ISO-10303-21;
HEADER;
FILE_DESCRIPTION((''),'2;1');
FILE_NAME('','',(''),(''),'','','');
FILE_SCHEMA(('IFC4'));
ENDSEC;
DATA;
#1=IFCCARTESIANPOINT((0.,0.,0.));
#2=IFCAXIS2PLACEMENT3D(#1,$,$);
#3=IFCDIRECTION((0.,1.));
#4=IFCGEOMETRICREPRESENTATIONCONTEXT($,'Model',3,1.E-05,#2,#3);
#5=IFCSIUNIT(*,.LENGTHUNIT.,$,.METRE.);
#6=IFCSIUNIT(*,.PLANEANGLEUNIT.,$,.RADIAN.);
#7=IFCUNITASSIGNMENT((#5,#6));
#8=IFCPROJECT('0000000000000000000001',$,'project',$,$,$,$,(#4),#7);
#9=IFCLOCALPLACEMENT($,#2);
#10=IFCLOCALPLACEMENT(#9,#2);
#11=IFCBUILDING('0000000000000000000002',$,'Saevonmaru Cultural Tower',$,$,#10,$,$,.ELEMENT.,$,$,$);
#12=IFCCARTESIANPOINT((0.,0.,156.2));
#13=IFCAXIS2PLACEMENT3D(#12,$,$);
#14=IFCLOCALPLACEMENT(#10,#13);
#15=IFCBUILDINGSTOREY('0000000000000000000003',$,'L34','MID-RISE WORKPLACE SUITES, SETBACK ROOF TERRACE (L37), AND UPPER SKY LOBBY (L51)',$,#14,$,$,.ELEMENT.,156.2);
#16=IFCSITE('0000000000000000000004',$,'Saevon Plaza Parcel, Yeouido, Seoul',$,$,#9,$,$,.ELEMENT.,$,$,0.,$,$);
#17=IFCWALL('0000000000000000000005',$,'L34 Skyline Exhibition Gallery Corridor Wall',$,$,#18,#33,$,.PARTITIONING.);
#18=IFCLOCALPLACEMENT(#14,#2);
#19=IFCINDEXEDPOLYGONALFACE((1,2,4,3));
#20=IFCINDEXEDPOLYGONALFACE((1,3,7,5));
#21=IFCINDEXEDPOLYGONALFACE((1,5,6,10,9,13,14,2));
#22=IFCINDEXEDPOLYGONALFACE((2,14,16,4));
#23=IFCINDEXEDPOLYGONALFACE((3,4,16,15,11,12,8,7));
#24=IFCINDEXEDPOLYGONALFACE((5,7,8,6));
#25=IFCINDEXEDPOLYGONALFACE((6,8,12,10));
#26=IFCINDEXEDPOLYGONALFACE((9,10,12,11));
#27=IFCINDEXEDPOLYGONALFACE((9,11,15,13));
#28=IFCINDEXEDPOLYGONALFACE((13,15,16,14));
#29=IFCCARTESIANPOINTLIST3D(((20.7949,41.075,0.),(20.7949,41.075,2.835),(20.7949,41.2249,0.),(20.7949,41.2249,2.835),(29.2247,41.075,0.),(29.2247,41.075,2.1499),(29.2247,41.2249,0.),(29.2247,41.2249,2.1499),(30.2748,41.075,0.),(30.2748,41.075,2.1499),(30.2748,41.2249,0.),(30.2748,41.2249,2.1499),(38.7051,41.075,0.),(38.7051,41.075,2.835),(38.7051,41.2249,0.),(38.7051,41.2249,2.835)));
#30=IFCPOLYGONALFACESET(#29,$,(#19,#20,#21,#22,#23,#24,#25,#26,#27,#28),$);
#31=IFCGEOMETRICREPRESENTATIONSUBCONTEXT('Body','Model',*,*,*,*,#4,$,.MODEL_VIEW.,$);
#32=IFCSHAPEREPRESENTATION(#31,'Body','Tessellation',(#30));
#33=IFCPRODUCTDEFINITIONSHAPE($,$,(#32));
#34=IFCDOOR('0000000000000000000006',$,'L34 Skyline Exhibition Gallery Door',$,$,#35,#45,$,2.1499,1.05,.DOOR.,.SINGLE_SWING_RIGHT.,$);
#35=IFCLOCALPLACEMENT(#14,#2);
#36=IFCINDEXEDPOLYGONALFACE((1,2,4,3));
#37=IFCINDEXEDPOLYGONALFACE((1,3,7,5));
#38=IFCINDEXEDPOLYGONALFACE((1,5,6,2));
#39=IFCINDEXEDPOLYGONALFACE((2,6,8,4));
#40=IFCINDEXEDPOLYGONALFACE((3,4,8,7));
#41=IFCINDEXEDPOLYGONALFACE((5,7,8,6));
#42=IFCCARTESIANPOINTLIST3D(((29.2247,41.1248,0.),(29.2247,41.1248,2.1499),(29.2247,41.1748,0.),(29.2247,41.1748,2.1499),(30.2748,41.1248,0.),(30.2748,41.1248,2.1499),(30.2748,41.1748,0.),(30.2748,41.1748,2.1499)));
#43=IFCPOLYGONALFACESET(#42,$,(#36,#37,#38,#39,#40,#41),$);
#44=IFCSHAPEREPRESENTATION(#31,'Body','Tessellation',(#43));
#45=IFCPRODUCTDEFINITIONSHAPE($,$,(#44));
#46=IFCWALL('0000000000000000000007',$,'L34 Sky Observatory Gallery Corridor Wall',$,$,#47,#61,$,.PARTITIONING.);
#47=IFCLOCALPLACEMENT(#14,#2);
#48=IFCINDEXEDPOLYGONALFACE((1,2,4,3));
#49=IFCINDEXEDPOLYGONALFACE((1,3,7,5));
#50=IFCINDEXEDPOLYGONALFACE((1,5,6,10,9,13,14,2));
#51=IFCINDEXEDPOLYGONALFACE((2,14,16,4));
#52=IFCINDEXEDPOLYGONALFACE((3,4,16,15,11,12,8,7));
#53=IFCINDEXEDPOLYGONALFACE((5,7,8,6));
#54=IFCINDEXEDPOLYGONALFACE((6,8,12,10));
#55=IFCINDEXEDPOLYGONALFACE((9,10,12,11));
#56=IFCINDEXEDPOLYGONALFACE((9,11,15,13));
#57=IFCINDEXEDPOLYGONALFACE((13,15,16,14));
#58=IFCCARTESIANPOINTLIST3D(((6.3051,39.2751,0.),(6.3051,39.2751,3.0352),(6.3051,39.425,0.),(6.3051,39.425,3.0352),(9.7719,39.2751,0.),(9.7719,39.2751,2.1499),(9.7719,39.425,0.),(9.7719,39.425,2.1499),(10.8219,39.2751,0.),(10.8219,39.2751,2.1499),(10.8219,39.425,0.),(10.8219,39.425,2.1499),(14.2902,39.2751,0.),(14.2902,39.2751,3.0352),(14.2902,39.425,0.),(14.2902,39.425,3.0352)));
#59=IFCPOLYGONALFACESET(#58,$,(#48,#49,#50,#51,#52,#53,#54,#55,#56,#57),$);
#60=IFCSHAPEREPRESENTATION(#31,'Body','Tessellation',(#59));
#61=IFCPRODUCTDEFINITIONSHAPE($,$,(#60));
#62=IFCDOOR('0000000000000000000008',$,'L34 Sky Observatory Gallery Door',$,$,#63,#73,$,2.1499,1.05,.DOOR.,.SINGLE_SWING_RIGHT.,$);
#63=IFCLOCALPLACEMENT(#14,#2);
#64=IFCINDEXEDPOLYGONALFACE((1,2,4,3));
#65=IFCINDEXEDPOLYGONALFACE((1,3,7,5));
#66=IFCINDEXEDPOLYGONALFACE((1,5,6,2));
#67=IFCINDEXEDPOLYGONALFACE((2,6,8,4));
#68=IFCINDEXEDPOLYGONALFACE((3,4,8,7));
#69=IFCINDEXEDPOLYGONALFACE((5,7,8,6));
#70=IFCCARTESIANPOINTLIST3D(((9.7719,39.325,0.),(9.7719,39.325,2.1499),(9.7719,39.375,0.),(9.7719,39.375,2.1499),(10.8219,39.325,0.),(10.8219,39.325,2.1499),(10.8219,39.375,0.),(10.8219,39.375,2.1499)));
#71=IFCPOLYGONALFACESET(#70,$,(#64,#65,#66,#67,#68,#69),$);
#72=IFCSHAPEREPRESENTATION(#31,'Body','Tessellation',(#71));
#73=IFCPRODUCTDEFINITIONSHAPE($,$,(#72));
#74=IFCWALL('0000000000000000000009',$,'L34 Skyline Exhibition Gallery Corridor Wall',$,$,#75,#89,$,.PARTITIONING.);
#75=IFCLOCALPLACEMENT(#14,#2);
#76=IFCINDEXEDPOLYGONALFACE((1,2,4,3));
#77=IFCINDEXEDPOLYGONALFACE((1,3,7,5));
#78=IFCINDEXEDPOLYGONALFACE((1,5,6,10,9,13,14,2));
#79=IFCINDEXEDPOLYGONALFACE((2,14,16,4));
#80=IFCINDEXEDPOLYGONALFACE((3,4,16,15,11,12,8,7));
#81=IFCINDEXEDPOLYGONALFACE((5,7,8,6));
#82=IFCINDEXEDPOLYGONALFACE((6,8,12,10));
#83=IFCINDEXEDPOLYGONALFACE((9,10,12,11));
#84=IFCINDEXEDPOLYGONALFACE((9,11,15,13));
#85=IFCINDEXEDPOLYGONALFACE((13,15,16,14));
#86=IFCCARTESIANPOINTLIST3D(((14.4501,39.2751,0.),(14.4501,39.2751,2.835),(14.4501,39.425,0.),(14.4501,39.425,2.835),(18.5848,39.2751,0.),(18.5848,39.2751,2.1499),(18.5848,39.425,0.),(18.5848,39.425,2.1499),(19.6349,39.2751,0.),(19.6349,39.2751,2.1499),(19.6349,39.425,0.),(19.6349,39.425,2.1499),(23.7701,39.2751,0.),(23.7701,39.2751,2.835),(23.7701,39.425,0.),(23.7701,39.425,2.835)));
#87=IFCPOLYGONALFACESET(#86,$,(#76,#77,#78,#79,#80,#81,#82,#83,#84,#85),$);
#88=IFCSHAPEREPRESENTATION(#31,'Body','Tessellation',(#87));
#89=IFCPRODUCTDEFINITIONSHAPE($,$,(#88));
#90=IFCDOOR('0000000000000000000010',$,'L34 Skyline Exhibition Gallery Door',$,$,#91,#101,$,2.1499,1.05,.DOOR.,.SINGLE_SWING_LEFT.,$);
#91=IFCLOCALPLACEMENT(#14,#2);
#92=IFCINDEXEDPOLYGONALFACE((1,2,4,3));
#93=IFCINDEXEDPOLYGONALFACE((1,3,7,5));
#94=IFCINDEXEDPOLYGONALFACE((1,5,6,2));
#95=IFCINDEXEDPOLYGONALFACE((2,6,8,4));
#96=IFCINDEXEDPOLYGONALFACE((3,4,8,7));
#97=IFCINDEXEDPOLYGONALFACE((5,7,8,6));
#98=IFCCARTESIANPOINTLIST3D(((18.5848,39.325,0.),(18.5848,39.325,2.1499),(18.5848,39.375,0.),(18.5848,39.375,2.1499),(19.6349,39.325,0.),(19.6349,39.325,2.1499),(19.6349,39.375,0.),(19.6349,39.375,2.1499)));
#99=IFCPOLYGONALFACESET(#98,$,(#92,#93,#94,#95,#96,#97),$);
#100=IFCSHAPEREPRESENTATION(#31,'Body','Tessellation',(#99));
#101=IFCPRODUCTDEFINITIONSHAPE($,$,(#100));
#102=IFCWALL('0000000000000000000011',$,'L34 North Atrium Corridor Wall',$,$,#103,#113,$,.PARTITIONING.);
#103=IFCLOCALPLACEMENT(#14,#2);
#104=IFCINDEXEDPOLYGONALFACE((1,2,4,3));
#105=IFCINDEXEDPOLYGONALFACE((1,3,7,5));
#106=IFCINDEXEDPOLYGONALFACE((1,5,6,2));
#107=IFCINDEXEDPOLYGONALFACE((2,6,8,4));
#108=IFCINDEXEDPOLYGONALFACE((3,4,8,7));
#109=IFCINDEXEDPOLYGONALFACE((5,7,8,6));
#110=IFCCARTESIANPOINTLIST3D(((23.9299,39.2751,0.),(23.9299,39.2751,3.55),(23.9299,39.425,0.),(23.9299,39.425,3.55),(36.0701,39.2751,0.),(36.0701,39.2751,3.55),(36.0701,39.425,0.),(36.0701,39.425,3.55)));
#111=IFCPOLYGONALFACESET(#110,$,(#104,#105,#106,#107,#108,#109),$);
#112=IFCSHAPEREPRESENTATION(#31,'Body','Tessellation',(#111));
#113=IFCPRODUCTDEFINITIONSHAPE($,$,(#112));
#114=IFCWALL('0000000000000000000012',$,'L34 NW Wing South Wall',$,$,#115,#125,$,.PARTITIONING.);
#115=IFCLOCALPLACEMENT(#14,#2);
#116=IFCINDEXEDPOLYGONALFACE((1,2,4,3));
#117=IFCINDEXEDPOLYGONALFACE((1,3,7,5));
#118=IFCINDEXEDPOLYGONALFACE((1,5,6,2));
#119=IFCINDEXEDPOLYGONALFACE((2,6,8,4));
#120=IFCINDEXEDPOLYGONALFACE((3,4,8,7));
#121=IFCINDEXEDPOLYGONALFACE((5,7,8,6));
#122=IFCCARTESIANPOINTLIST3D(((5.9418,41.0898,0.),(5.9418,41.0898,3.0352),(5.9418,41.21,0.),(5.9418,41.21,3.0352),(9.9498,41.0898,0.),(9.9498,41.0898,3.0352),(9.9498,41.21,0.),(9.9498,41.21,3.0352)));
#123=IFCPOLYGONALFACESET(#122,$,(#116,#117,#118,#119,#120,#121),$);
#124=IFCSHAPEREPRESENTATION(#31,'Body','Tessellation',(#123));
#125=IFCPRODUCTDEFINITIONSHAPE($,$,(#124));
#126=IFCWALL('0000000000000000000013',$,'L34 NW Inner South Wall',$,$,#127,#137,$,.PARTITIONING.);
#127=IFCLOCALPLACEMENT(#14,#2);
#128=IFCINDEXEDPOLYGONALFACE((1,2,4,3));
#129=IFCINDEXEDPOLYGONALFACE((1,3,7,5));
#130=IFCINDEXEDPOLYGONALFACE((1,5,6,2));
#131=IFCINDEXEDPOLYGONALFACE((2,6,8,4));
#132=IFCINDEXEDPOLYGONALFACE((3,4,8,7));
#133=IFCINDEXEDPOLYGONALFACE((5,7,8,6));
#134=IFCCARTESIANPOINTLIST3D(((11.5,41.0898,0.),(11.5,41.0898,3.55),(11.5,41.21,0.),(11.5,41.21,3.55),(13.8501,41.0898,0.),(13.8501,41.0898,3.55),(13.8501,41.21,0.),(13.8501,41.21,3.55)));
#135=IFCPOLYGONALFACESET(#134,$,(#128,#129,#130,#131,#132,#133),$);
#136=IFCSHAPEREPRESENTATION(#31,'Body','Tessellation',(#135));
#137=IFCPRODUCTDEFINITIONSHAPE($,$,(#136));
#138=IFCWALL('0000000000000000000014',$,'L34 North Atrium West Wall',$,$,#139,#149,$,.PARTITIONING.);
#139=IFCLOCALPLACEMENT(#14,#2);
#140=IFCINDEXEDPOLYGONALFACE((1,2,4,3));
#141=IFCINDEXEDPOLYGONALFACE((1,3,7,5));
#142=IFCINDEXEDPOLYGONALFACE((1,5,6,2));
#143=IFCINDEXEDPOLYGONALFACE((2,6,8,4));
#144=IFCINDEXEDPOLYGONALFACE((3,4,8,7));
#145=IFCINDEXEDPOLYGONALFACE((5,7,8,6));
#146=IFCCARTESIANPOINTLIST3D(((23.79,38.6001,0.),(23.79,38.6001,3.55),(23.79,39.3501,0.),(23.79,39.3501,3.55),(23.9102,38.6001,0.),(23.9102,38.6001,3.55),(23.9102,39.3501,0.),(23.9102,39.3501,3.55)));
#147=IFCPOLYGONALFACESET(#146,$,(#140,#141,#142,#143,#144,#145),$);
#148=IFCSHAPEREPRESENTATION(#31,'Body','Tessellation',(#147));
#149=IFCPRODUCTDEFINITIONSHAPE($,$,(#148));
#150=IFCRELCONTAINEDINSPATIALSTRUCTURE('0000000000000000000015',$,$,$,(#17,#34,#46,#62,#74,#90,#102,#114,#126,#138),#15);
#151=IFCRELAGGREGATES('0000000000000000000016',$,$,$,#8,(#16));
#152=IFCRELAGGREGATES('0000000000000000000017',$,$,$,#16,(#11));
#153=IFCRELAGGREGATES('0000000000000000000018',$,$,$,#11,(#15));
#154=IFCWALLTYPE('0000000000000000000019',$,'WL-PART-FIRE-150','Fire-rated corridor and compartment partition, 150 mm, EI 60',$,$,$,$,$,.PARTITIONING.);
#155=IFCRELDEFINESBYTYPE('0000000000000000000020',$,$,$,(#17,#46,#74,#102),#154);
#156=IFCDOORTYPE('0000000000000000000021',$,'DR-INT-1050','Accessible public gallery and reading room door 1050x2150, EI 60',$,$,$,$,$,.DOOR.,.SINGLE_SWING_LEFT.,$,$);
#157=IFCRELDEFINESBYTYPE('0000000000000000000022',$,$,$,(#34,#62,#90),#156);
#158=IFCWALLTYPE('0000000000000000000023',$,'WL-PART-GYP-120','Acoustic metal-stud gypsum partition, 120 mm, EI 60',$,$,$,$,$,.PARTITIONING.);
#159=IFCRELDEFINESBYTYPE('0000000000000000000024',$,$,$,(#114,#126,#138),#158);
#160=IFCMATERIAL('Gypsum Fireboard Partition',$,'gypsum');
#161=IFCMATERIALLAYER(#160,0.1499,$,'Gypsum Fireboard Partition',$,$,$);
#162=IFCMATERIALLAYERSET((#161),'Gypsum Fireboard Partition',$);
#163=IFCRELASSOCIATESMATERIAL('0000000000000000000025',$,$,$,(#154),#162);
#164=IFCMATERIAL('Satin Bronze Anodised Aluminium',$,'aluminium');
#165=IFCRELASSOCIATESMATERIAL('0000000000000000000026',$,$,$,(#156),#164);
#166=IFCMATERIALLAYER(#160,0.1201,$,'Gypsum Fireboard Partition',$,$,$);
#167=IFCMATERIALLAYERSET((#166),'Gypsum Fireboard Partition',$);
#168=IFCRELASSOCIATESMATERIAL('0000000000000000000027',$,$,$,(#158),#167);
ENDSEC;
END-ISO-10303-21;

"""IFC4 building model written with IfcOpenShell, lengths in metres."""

from ifc_helpers import new_model, si_unit, direction, frame, frame_2d, origin, place, context, subcontext, project, spatial, rectangle, extrude, material, layer, layer_set, type_object, element, fill, save


model = new_model("IFC4")

# Units and contexts
model_context = context("Model", 3, precision=1e-05, world=origin(), true_north=direction((0.0, 1.0)))
body_context = subcontext(model_context, "Body", "Model", "MODEL_VIEW")
ifc_project = project(units=[si_unit("LENGTHUNIT", "METRE"), si_unit("PLANEANGLEUNIT", "RADIAN")], contexts=[model_context])

# Site, building, storey
site_placement = place(None, origin())
site = spatial("IfcSite", under=ifc_project, at=site_placement, Name="Saevon Plaza Parcel, Yeouido, Seoul", CompositionType="ELEMENT", RefElevation=0.0)
building_placement = place(site_placement, origin())
building = spatial("IfcBuilding", under=site, at=building_placement, Name="Saevonmaru Cultural Tower", CompositionType="ELEMENT")
storey_placement = place(building_placement, frame((0.0, 0.0, 156.2)))
storey = spatial("IfcBuildingStorey", under=building, at=storey_placement, Name="L34", Description="MID-RISE WORKPLACE SUITES, SETBACK ROOF TERRACE (L37), AND UPPER SKY LOBBY (L51)", CompositionType="ELEMENT", Elevation=156.2)

# Shared definitions
ifc_material_1 = material(Name="Satin Bronze Anodised Aluminium", Category="aluminium")

# Shared definitions
ifc_material_2 = material(Name="Gypsum Fireboard Partition", Category="gypsum")
ifc_layer_1 = layer(ifc_material_2, 0.1499, Name="Gypsum Fireboard Partition")
ifc_layer_set_1 = layer_set([ifc_layer_1], Name="Gypsum Fireboard Partition")
wall_type_1 = type_object("IfcWallType", Name="WL-PART-FIRE-150", Description="Fire-rated corridor and compartment partition, 150 mm, EI 60", PredefinedType="PARTITIONING", material=ifc_layer_set_1)
door_type = type_object("IfcDoorType", Name="DR-INT-1050", Description="Accessible public gallery and reading room door 1050x2150, EI 60", OperationType="SINGLE_SWING_LEFT", PredefinedType="DOOR", material=ifc_material_1)

# Walls, openings, doors
wall_1_placement = place(storey_placement, frame((20.7949, 41.1499, 0.0), z_axis=(0.0, 0.0, 1.0), x_axis=(1.0, 0.0, 0.0)))
wall_1 = element("IfcWall", 1, at=wall_1_placement, inside=storey, type_object=wall_type_1, Name="L34 Skyline Exhibition Gallery Corridor Wall", PredefinedType="PARTITIONING", context=body_context, shape_type="SweptSolid", body=[
    extrude(rectangle(XDim=17.9102, YDim=0.1499, at=frame_2d((8.9551, 0.0))), origin(), (0.0, 0.0, 1.0), 2.835),
])
opening_1_placement = place(wall_1_placement, frame((8.4299, 0.0, 0.0)))
opening_1 = element("IfcOpeningElement", 2, at=opening_1_placement, cuts=wall_1, PredefinedType="OPENING", context=body_context, shape_type="SweptSolid", body=[
    extrude(rectangle(XDim=1.05, YDim=2.1499, at=frame_2d((0.5249, 1.075))), frame((0.0, 0.085, 0.0), z_axis=(0.0, -1.0, 0.0), x_axis=(1.0, 0.0, 0.0)), (0.0, 0.0, 1.0), 0.1699),
])
door_1_placement = place(opening_1_placement, origin())
door_1 = element("IfcDoor", 3, at=door_1_placement, inside=storey, type_object=door_type, Name="L34 Skyline Exhibition Gallery Door", OperationType="SINGLE_SWING_RIGHT", OverallHeight=2.1499, OverallWidth=1.05, PredefinedType="DOOR", context=body_context, shape_type="SweptSolid", body=[
    extrude(rectangle(XDim=1.05, YDim=2.1499, at=frame_2d((0.5249, 1.075))), frame((0.0, 0.0249, 0.0), z_axis=(0.0, -1.0, 0.0), x_axis=(1.0, 0.0, 0.0)), (0.0, 0.0, 1.0), 0.05),
])
fill(opening_1, door_1)
wall_2_placement = place(storey_placement, frame((6.3049, 39.3501, 0.0), z_axis=(0.0, 0.0, 1.0), x_axis=(1.0, 0.0, 0.0)))
wall_2 = element("IfcWall", 4, at=wall_2_placement, inside=storey, type_object=wall_type_1, Name="L34 Sky Observatory Gallery Corridor Wall", PredefinedType="PARTITIONING", context=body_context, shape_type="SweptSolid", body=[
    extrude(rectangle(XDim=7.9851, YDim=0.1499, at=frame_2d((3.9927, 0.0))), origin(), (0.0, 0.0, 1.0), 3.0352),
])
opening_2_placement = place(wall_2_placement, frame((3.467, 0.0, 0.0)))
opening_2 = element("IfcOpeningElement", 5, at=opening_2_placement, cuts=wall_2, PredefinedType="OPENING", context=body_context, shape_type="SweptSolid", body=[
    extrude(rectangle(XDim=1.05, YDim=2.1499, at=frame_2d((0.5249, 1.075))), frame((0.0, 0.085, 0.0), z_axis=(0.0, -1.0, 0.0), x_axis=(1.0, 0.0, 0.0)), (0.0, 0.0, 1.0), 0.1699),
])
door_2_placement = place(opening_2_placement, origin())
door_2 = element("IfcDoor", 6, at=door_2_placement, inside=storey, type_object=door_type, Name="L34 Sky Observatory Gallery Door", OperationType="SINGLE_SWING_RIGHT", OverallHeight=2.1499, OverallWidth=1.05, PredefinedType="DOOR", context=body_context, shape_type="SweptSolid", body=[
    extrude(rectangle(XDim=1.05, YDim=2.1499, at=frame_2d((0.5249, 1.075))), frame((0.0, 0.0249, 0.0), z_axis=(0.0, -1.0, 0.0), x_axis=(1.0, 0.0, 0.0)), (0.0, 0.0, 1.0), 0.05),
])
fill(opening_2, door_2)
wall_3_placement = place(storey_placement, frame((14.45, 39.3501, 0.0), z_axis=(0.0, 0.0, 1.0), x_axis=(1.0, 0.0, 0.0)))
wall_3 = element("IfcWall", 7, at=wall_3_placement, inside=storey, type_object=wall_type_1, Name="L34 Skyline Exhibition Gallery Corridor Wall", PredefinedType="PARTITIONING", context=body_context, shape_type="SweptSolid", body=[
    extrude(rectangle(XDim=9.3201, YDim=0.1499, at=frame_2d((4.6602, 0.0))), origin(), (0.0, 0.0, 1.0), 2.835),
])
opening_3_placement = place(wall_3_placement, frame((4.135, 0.0, 0.0)))
opening_3 = element("IfcOpeningElement", 8, at=opening_3_placement, cuts=wall_3, PredefinedType="OPENING", context=body_context, shape_type="SweptSolid", body=[
    extrude(rectangle(XDim=1.05, YDim=2.1499, at=frame_2d((0.5249, 1.075))), frame((0.0, 0.085, 0.0), z_axis=(0.0, -1.0, 0.0), x_axis=(1.0, 0.0, 0.0)), (0.0, 0.0, 1.0), 0.1699),
])
door_3_placement = place(opening_3_placement, origin())
door_3 = element("IfcDoor", 9, at=door_3_placement, inside=storey, type_object=door_type, Name="L34 Skyline Exhibition Gallery Door", OperationType="SINGLE_SWING_LEFT", OverallHeight=2.1499, OverallWidth=1.05, PredefinedType="DOOR", context=body_context, shape_type="SweptSolid", body=[
    extrude(rectangle(XDim=1.05, YDim=2.1499, at=frame_2d((0.5249, 1.075))), frame((0.0, 0.0249, 0.0), z_axis=(0.0, -1.0, 0.0), x_axis=(1.0, 0.0, 0.0)), (0.0, 0.0, 1.0), 0.05),
])
fill(opening_3, door_3)

# Walls
wall_4_placement = place(storey_placement, frame((23.9299, 39.3501, 0.0), z_axis=(0.0, 0.0, 1.0), x_axis=(1.0, 0.0, 0.0)))
element("IfcWall", 10, at=wall_4_placement, inside=storey, type_object=wall_type_1, Name="L34 North Atrium Corridor Wall", PredefinedType="PARTITIONING", context=body_context, shape_type="SweptSolid", body=[
    extrude(rectangle(XDim=12.1401, YDim=0.1499, at=frame_2d((6.0701, 0.0))), origin(), (0.0, 0.0, 1.0), 3.55),
])
ifc_layer_2 = layer(ifc_material_2, 0.1201, Name="Gypsum Fireboard Partition")
ifc_layer_set_2 = layer_set([ifc_layer_2], Name="Gypsum Fireboard Partition")
wall_type_2 = type_object("IfcWallType", Name="WL-PART-GYP-120", Description="Acoustic metal-stud gypsum partition, 120 mm, EI 60", PredefinedType="PARTITIONING", material=ifc_layer_set_2)
wall_5_placement = place(storey_placement, frame((5.9419, 41.1499, 0.0), z_axis=(0.0, 0.0, 1.0), x_axis=(1.0, 0.0, 0.0)))
element("IfcWall", 11, at=wall_5_placement, inside=storey, type_object=wall_type_2, Name="L34 NW Wing South Wall", PredefinedType="PARTITIONING", context=body_context, shape_type="SweptSolid", body=[
    extrude(rectangle(XDim=4.0081, YDim=0.1201, at=frame_2d((2.0039, 0.0))), origin(), (0.0, 0.0, 1.0), 3.0352),
])
wall_6_placement = place(storey_placement, frame((11.5, 41.1499, 0.0), z_axis=(0.0, 0.0, 1.0), x_axis=(1.0, 0.0, 0.0)))
element("IfcWall", 12, at=wall_6_placement, inside=storey, type_object=wall_type_2, Name="L34 NW Inner South Wall", PredefinedType="PARTITIONING", context=body_context, shape_type="SweptSolid", body=[
    extrude(rectangle(XDim=2.3501, YDim=0.1201, at=frame_2d((1.175, 0.0))), origin(), (0.0, 0.0, 1.0), 3.55),
])
wall_7_placement = place(storey_placement, frame((23.8501, 38.6001, 0.0), z_axis=(0.0, 0.0, 1.0), x_axis=(0.0, 1.0, 0.0)))
element("IfcWall", 13, at=wall_7_placement, inside=storey, type_object=wall_type_2, Name="L34 North Atrium West Wall", PredefinedType="PARTITIONING", context=body_context, shape_type="SweptSolid", body=[
    extrude(rectangle(XDim=0.75, YDim=0.1201, at=frame_2d((0.375, 0.0))), origin(), (0.0, 0.0, 1.0), 3.55),
])

save(model, "model.ifc")
